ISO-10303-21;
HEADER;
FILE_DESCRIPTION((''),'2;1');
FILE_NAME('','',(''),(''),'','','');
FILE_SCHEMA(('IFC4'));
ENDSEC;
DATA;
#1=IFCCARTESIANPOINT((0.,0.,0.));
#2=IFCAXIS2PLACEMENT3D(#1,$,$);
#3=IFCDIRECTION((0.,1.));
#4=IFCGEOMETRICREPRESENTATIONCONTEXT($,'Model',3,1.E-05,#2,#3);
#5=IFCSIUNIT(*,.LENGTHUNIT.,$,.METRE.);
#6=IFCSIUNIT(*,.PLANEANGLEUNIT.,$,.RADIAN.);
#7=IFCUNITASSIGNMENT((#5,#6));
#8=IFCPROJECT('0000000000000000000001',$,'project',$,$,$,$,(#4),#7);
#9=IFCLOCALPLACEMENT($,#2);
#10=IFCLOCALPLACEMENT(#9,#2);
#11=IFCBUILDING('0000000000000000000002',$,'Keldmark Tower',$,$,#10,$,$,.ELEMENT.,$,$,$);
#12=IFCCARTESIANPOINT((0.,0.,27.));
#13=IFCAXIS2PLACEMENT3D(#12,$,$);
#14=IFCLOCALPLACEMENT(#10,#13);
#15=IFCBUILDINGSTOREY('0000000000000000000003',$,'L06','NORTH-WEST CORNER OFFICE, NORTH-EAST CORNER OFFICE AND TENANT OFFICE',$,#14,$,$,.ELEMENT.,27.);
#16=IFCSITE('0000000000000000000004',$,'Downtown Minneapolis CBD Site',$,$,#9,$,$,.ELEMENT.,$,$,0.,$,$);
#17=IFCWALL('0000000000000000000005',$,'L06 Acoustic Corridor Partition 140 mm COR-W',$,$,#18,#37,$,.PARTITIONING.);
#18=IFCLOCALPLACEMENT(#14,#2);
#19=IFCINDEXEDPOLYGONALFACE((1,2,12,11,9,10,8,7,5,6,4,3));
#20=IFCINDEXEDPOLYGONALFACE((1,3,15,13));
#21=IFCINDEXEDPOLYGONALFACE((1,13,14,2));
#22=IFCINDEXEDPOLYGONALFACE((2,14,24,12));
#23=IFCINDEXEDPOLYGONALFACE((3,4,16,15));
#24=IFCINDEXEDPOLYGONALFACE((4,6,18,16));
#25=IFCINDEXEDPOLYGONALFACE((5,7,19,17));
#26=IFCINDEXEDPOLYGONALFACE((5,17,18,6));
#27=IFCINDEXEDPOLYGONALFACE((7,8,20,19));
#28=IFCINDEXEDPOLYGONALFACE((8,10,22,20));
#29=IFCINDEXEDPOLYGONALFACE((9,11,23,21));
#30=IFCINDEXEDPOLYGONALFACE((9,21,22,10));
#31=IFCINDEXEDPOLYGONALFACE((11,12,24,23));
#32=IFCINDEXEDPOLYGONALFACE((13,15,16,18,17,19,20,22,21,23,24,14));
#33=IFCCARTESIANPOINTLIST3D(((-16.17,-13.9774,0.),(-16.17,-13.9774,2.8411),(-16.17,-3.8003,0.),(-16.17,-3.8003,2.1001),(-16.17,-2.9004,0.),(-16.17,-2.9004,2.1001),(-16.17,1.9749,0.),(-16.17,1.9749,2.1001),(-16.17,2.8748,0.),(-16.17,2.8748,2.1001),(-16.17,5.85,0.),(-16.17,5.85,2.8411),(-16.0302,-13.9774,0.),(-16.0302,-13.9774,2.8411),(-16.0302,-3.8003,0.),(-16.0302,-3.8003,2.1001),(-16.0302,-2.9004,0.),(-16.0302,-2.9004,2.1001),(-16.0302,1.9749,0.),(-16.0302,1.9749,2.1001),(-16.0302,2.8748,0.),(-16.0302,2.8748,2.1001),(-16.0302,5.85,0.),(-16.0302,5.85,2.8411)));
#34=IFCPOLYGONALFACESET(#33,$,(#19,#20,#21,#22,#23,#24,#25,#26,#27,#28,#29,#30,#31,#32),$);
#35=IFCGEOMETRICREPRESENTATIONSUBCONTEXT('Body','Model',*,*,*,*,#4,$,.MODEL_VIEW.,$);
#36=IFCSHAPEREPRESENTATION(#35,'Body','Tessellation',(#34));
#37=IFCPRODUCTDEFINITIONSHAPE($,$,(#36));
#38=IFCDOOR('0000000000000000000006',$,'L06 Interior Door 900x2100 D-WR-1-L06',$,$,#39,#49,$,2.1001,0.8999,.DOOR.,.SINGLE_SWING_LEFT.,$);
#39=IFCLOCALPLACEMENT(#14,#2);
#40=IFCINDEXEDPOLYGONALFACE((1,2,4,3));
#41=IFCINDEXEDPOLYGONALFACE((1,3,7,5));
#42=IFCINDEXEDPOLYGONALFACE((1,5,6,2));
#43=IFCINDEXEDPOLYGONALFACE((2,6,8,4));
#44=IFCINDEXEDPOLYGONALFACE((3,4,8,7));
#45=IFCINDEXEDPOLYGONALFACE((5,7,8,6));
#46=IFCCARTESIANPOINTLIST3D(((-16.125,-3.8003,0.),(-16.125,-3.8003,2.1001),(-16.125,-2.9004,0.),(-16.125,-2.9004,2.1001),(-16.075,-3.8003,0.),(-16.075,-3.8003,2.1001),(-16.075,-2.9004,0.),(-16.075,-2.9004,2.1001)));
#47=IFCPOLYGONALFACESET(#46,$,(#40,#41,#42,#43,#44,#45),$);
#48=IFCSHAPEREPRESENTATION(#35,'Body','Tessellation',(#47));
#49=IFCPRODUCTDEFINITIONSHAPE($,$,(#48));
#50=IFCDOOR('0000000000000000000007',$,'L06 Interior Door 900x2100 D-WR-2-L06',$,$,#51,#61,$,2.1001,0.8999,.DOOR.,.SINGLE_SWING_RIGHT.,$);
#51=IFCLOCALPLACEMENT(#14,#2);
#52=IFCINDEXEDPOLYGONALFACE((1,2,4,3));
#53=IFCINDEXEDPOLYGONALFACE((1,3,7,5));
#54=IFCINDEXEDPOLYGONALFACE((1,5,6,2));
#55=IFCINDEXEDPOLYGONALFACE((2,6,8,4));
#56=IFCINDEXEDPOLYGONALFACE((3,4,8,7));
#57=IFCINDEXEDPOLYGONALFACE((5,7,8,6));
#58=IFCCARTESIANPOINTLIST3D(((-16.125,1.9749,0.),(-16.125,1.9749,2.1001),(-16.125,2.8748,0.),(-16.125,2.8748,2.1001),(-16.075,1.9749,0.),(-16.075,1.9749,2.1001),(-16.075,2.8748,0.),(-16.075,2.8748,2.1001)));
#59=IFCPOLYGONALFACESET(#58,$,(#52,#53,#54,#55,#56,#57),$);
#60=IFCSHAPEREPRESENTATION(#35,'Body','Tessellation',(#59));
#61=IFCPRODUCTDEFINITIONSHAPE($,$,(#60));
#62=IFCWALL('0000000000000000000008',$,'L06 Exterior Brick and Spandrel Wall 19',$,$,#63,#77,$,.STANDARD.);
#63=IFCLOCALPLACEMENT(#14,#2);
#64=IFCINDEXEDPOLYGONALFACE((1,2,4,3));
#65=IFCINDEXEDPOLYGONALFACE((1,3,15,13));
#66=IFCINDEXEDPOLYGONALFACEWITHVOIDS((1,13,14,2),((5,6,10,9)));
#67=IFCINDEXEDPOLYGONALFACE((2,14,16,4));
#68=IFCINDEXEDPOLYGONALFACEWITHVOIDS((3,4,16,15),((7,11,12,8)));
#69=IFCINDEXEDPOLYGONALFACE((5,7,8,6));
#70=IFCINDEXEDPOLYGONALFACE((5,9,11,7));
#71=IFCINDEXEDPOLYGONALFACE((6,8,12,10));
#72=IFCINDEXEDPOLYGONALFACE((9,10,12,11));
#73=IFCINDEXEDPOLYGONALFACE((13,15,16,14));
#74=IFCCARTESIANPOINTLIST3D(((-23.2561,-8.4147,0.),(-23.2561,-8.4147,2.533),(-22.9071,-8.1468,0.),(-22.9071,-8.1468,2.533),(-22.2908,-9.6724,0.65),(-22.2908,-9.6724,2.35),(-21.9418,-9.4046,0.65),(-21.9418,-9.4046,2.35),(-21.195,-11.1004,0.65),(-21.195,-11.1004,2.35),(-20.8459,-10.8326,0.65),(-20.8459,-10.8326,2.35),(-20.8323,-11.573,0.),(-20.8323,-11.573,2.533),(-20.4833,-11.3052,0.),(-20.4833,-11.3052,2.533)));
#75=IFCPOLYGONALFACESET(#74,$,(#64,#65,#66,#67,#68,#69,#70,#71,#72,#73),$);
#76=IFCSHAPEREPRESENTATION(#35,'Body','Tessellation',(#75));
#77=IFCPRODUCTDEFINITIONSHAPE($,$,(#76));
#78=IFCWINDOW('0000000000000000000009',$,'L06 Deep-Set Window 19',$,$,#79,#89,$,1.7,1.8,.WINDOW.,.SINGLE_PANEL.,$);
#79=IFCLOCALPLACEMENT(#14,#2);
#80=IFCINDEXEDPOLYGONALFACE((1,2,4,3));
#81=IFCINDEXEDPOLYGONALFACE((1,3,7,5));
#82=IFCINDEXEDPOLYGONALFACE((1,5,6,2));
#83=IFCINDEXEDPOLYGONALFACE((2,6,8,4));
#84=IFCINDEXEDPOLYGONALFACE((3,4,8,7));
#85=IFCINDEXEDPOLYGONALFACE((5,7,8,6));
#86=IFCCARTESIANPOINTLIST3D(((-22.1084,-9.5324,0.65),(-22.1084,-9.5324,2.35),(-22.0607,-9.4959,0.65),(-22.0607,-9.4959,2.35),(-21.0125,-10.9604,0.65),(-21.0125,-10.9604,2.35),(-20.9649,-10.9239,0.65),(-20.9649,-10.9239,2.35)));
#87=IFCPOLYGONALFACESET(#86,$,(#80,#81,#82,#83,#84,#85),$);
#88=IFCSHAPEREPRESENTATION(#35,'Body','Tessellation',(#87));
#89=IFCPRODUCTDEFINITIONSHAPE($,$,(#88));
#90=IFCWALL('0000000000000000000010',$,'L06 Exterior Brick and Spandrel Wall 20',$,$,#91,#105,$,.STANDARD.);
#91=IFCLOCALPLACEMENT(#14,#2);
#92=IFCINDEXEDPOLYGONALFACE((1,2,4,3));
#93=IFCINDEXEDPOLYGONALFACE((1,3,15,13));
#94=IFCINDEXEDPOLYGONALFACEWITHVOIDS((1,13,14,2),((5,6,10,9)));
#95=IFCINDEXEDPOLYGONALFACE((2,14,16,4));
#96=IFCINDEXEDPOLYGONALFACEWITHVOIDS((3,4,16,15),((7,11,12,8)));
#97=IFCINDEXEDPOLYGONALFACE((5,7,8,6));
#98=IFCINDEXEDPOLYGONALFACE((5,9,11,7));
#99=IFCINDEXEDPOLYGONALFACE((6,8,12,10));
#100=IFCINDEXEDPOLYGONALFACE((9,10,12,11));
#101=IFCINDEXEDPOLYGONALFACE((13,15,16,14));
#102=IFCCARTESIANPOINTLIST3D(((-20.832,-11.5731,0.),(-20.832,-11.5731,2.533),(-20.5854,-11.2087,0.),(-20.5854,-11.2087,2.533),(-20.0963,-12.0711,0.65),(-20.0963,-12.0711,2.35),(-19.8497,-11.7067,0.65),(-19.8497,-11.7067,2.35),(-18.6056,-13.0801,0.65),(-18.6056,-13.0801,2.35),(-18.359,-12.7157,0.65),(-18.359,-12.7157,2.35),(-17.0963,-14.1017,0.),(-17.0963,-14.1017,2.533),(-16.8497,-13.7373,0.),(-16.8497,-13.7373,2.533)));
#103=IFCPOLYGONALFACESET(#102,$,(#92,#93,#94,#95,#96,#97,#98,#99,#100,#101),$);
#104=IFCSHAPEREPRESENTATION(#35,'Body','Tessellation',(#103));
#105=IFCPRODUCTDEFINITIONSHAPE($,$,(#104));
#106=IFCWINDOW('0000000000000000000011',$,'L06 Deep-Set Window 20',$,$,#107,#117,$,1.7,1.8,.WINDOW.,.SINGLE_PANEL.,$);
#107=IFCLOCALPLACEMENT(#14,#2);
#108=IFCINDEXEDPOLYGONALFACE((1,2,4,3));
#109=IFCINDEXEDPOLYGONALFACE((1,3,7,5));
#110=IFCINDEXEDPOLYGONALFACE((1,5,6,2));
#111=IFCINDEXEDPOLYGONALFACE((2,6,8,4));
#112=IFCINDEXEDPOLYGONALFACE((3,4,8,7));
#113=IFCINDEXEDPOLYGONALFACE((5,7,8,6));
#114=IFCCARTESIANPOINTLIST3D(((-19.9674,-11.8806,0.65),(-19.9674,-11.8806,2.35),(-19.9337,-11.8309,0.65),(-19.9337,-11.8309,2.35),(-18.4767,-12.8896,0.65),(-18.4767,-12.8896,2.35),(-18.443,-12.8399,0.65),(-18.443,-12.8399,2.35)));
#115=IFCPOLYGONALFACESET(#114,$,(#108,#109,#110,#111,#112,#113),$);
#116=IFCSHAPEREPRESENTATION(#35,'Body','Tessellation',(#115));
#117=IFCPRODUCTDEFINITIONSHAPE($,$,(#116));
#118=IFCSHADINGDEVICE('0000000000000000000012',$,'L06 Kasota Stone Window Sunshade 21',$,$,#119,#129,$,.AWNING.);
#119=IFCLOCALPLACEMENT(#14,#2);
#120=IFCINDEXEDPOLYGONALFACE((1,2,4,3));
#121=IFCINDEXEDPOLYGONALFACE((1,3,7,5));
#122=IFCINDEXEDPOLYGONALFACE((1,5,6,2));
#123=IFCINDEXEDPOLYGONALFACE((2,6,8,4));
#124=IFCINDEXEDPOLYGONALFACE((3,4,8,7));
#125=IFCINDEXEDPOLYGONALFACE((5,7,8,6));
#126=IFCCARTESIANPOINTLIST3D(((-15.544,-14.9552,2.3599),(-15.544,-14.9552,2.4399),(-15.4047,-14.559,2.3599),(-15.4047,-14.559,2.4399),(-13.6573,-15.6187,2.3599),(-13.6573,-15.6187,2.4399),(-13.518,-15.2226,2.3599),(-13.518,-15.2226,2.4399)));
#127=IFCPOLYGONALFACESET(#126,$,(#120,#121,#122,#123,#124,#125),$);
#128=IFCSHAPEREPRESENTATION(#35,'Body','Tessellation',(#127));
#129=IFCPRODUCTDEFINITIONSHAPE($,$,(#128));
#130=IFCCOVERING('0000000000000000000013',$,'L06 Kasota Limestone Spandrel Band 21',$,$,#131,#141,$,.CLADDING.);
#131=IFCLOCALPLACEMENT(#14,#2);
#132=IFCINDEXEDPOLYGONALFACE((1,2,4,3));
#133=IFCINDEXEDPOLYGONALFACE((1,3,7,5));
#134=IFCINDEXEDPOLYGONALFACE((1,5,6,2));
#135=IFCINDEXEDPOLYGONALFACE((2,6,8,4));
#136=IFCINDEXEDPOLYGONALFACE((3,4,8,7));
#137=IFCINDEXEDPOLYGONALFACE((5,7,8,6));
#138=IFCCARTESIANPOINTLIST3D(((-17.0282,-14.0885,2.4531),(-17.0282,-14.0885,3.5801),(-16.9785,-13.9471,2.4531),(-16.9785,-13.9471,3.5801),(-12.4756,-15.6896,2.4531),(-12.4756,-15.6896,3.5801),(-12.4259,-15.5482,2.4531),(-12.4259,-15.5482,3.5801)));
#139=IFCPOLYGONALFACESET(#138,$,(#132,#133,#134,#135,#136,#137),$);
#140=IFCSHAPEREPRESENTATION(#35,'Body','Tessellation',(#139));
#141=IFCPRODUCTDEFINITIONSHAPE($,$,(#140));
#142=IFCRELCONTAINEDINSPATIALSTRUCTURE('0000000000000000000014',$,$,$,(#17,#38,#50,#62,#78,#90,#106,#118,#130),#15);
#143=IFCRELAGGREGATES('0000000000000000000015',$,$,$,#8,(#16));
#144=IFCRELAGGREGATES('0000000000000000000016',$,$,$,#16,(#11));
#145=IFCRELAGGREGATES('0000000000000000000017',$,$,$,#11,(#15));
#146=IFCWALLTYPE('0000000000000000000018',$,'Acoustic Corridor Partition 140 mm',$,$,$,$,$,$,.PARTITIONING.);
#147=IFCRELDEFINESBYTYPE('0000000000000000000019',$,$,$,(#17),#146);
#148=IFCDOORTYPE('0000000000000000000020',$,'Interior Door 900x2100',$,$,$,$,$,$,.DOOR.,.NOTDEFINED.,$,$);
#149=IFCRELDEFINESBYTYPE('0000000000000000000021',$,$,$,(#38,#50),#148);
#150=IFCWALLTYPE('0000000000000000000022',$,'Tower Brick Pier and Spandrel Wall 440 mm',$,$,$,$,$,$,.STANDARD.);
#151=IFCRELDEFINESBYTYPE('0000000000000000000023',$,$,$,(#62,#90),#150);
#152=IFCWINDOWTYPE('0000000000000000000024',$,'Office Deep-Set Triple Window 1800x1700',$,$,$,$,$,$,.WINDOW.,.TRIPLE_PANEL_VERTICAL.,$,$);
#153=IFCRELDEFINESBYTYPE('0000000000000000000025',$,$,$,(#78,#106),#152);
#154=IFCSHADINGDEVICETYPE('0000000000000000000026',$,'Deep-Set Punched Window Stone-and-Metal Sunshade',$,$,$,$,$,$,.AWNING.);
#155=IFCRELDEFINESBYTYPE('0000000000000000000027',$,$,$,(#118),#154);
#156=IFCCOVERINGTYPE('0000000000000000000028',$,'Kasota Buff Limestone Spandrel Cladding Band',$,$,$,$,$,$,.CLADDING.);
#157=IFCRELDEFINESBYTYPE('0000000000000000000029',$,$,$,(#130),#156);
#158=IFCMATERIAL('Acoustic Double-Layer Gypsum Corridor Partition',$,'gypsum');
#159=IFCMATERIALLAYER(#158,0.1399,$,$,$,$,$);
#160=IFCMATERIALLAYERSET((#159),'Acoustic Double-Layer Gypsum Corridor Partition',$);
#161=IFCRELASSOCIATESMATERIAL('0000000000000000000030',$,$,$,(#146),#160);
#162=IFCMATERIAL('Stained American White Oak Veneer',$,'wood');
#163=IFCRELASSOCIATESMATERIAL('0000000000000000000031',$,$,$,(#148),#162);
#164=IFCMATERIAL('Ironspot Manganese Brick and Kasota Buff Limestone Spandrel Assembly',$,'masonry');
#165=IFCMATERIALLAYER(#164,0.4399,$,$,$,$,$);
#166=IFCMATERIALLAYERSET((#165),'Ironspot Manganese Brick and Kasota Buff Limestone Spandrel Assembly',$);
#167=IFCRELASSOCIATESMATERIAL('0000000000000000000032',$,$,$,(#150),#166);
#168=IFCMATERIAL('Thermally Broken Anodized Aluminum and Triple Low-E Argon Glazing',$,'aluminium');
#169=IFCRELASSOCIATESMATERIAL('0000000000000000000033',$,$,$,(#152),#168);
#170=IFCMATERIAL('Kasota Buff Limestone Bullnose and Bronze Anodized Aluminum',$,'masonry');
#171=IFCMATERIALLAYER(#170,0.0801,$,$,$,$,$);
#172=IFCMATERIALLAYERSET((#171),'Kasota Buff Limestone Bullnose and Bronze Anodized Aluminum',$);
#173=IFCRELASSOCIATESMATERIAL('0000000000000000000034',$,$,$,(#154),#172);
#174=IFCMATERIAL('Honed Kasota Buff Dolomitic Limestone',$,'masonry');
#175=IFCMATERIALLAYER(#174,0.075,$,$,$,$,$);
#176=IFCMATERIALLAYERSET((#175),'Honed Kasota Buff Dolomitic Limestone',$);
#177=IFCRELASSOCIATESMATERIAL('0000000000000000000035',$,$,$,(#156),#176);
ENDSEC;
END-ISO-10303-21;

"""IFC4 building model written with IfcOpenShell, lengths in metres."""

from ifc_helpers import new_model, si_unit, direction, frame, frame_2d, origin, origin_2d, place, context, subcontext, project, spatial, rectangle, extrude, material, layer, layer_set, type_object, element, fill, save


model = new_model("IFC4")

# Units and contexts
model_context = context("Model", 3, precision=1e-05, world=origin(), true_north=direction((0.0, 1.0)))
body_context = subcontext(model_context, "Body", "Model", "MODEL_VIEW")
ifc_project = project(units=[si_unit("LENGTHUNIT", "METRE"), si_unit("PLANEANGLEUNIT", "RADIAN")], contexts=[model_context])

# Site, building, storey
site_placement = place(None, origin())
site = spatial("IfcSite", under=ifc_project, at=site_placement, Name="Downtown Minneapolis CBD Site", CompositionType="ELEMENT", RefElevation=0.0)
building_placement = place(site_placement, origin())
building = spatial("IfcBuilding", under=site, at=building_placement, Name="Keldmark Tower", CompositionType="ELEMENT")
storey_placement = place(building_placement, frame((0.0, 0.0, 27.0)))
storey = spatial("IfcBuildingStorey", under=building, at=storey_placement, Name="L06", Description="NORTH-WEST CORNER OFFICE, NORTH-EAST CORNER OFFICE AND TENANT OFFICE", CompositionType="ELEMENT", Elevation=27.0)

# Wall, openings, doors
ifc_material_1 = material(Name="Acoustic Double-Layer Gypsum Corridor Partition", Category="gypsum")
ifc_layer_1 = layer(ifc_material_1, 0.1399)
ifc_layer_set_1 = layer_set([ifc_layer_1], Name="Acoustic Double-Layer Gypsum Corridor Partition")
wall_type_1 = type_object("IfcWallType", Name="Acoustic Corridor Partition 140 mm", PredefinedType="PARTITIONING", material=ifc_layer_set_1)
wall_1_placement = place(storey_placement, frame((-16.1001, -13.9773, 0.0), z_axis=(0.0, 0.0, 1.0), x_axis=(0.0, 1.0, 0.0)))
wall_1 = element("IfcWall", 1, at=wall_1_placement, inside=storey, type_object=wall_type_1, Name="L06 Acoustic Corridor Partition 140 mm COR-W", PredefinedType="PARTITIONING", context=body_context, shape_type="SweptSolid", body=[
    extrude(rectangle(XDim=19.8274, YDim=0.1399, at=frame_2d((9.9136, 0.0))), origin(), (0.0, 0.0, 1.0), 2.8411),
])
opening_1_placement = place(wall_1_placement, frame((10.177, 0.0, 0.0)))
opening_1 = element("IfcOpeningElement", 2, at=opening_1_placement, cuts=wall_1, PredefinedType="OPENING", context=body_context, shape_type="SweptSolid", body=[
    extrude(rectangle(XDim=0.8999, YDim=2.1001, at=frame_2d((0.45, 1.05))), frame((0.0, 0.0798, 0.0), z_axis=(0.0, -1.0, 0.0), x_axis=(1.0, 0.0, 0.0)), (0.0, 0.0, 1.0), 0.1599),
])
opening_2_placement = place(wall_1_placement, frame((15.9521, 0.0, 0.0)))
opening_2 = element("IfcOpeningElement", 3, at=opening_2_placement, cuts=wall_1, PredefinedType="OPENING", context=body_context, shape_type="SweptSolid", body=[
    extrude(rectangle(XDim=0.8999, YDim=2.1001, at=frame_2d((0.45, 1.05))), frame((0.0, 0.0798, 0.0), z_axis=(0.0, -1.0, 0.0), x_axis=(1.0, 0.0, 0.0)), (0.0, 0.0, 1.0), 0.1599),
])
ifc_material_2 = material(Name="Stained American White Oak Veneer", Category="wood")
door_type = type_object("IfcDoorType", Name="Interior Door 900x2100", OperationType="NOTDEFINED", PredefinedType="DOOR", material=ifc_material_2)
door_1_placement = place(opening_1_placement, origin())
door_1 = element("IfcDoor", 4, at=door_1_placement, inside=storey, type_object=door_type, Name="L06 Interior Door 900x2100 D-WR-1-L06", OperationType="SINGLE_SWING_LEFT", OverallHeight=2.1001, OverallWidth=0.8999, PredefinedType="DOOR", context=body_context, shape_type="SweptSolid", body=[
    extrude(rectangle(XDim=0.8999, YDim=2.1001, at=frame_2d((0.45, 1.05))), frame((0.0, 0.0249, 0.0), z_axis=(0.0, -1.0, 0.0), x_axis=(1.0, 0.0, 0.0)), (0.0, 0.0, 1.0), 0.05),
])
fill(opening_1, door_1)
door_2_placement = place(opening_2_placement, origin())
door_2 = element("IfcDoor", 5, at=door_2_placement, inside=storey, type_object=door_type, Name="L06 Interior Door 900x2100 D-WR-2-L06", OperationType="SINGLE_SWING_RIGHT", OverallHeight=2.1001, OverallWidth=0.8999, PredefinedType="DOOR", context=body_context, shape_type="SweptSolid", body=[
    extrude(rectangle(XDim=0.8999, YDim=2.1001, at=frame_2d((0.45, 1.05))), frame((0.0, 0.0249, 0.0), z_axis=(0.0, -1.0, 0.0), x_axis=(1.0, 0.0, 0.0)), (0.0, 0.0, 1.0), 0.05),
])
fill(opening_2, door_2)

# Walls, openings, windows
ifc_material_3 = material(Name="Ironspot Manganese Brick and Kasota Buff Limestone Spandrel Assembly", Category="masonry")
ifc_layer_2 = layer(ifc_material_3, 0.4399)
ifc_layer_set_2 = layer_set([ifc_layer_2], Name="Ironspot Manganese Brick and Kasota Buff Limestone Spandrel Assembly")
wall_type_2 = type_object("IfcWallType", Name="Tower Brick Pier and Spandrel Wall 440 mm", PredefinedType="STANDARD", material=ifc_layer_set_2)
wall_2_placement = place(storey_placement, frame((-20.6577, -11.4392, 0.0), z_axis=(0.0, 0.0, 1.0), x_axis=(-0.608804, 0.793321, 0.0)))
wall_2 = element("IfcWall", 6, at=wall_2_placement, inside=storey, type_object=wall_type_2, Name="L06 Exterior Brick and Spandrel Wall 19", PredefinedType="STANDARD", context=body_context, shape_type="SweptSolid", body=[
    extrude(rectangle(XDim=3.9812, YDim=0.4399, at=frame_2d((1.9907, 0.0))), origin(), (0.0, 0.0, 1.0), 2.533),
])
opening_3_placement = place(wall_2_placement, frame((0.5959, 0.0, 0.6499)))
opening_3 = element("IfcOpeningElement", 7, at=opening_3_placement, cuts=wall_2, PredefinedType="OPENING", context=body_context, shape_type="SweptSolid", body=[
    extrude(rectangle(XDim=1.8, YDim=1.7, at=frame_2d((0.8999, 0.8501))), frame((0.0, 0.23, 0.0), z_axis=(0.0, -1.0, 0.0), x_axis=(1.0, 0.0, 0.0)), (0.0, 0.0, 1.0), 0.46),
])
ifc_material_4 = material(Name="Thermally Broken Anodized Aluminum and Triple Low-E Argon Glazing", Category="aluminium")
window_type = type_object("IfcWindowType", Name="Office Deep-Set Triple Window 1800x1700", PartitioningType="TRIPLE_PANEL_VERTICAL", PredefinedType="WINDOW", material=ifc_material_4)
window_1_placement = place(opening_3_placement, origin())
window_1 = element("IfcWindow", 8, at=window_1_placement, inside=storey, type_object=window_type, Name="L06 Deep-Set Window 19", OverallHeight=1.7, OverallWidth=1.8, PartitioningType="SINGLE_PANEL", PredefinedType="WINDOW", context=body_context, shape_type="SweptSolid", body=[
    extrude(rectangle(XDim=1.8, YDim=1.7, at=frame_2d((0.8999, 0.8501))), frame((0.0, -0.01, 0.0), z_axis=(0.0, -1.0, 0.0), x_axis=(1.0, 0.0, 0.0)), (0.0, 0.0, 1.0), 0.0601),
])
fill(opening_3, window_1)
wall_3_placement = place(storey_placement, frame((-16.9731, -13.9194, 0.0), z_axis=(0.0, 0.0, 1.0), x_axis=(-0.828125, 0.560544, 0.0)))
wall_3 = element("IfcWall", 9, at=wall_3_placement, inside=storey, type_object=wall_type_2, Name="L06 Exterior Brick and Spandrel Wall 20", PredefinedType="STANDARD", context=body_context, shape_type="SweptSolid", body=[
    extrude(rectangle(XDim=4.511, YDim=0.4399, at=frame_2d((2.2554, 0.0))), origin(), (0.0, 0.0, 1.0), 2.533),
])
opening_4_placement = place(wall_3_placement, frame((1.8225, 0.0, 0.6499)))
opening_4 = element("IfcOpeningElement", 10, at=opening_4_placement, cuts=wall_3, PredefinedType="OPENING", context=body_context, shape_type="SweptSolid", body=[
    extrude(rectangle(XDim=1.8, YDim=1.7, at=frame_2d((0.8999, 0.8501))), frame((0.0, 0.23, 0.0), z_axis=(0.0, -1.0, 0.0), x_axis=(1.0, 0.0, 0.0)), (0.0, 0.0, 1.0), 0.46),
])
window_2_placement = place(opening_4_placement, origin())
window_2 = element("IfcWindow", 11, at=window_2_placement, inside=storey, type_object=window_type, Name="L06 Deep-Set Window 20", OverallHeight=1.7, OverallWidth=1.8, PartitioningType="SINGLE_PANEL", PredefinedType="WINDOW", context=body_context, shape_type="SweptSolid", body=[
    extrude(rectangle(XDim=1.8, YDim=1.7, at=frame_2d((0.8999, 0.8501))), frame((0.0, -0.01, 0.0), z_axis=(0.0, -1.0, 0.0), x_axis=(1.0, 0.0, 0.0)), (0.0, 0.0, 1.0), 0.0601),
])
fill(opening_4, window_2)

# Shading device
ifc_material_5 = material(Name="Kasota Buff Limestone Bullnose and Bronze Anodized Aluminum", Category="masonry")
ifc_layer_3 = layer(ifc_material_5, 0.0801)
ifc_layer_set_3 = layer_set([ifc_layer_3], Name="Kasota Buff Limestone Bullnose and Bronze Anodized Aluminum")
shading_device_type = type_object("IfcShadingDeviceType", Name="Deep-Set Punched Window Stone-and-Metal Sunshade", PredefinedType="AWNING", material=ifc_layer_set_3)
shading_device_placement = place(storey_placement, frame((-14.531, -15.0889, 2.3599), z_axis=(0.0, 0.0, 1.0), x_axis=(-0.943362, 0.331766, 0.0)))
element("IfcShadingDevice", 12, at=shading_device_placement, inside=storey, type_object=shading_device_type, Name="L06 Kasota Stone Window Sunshade 21", PredefinedType="AWNING", context=body_context, shape_type="SweptSolid", body=[
    extrude(rectangle(XDim=2.0, YDim=0.4199, at=origin_2d()), origin(), (0.0, 0.0, 1.0), 0.0801),
])

# Covering
ifc_material_6 = material(Name="Honed Kasota Buff Dolomitic Limestone", Category="masonry")
ifc_layer_4 = layer(ifc_material_6, 0.075)
ifc_layer_set_4 = layer_set([ifc_layer_4], Name="Honed Kasota Buff Dolomitic Limestone")
covering_type = type_object("IfcCoveringType", Name="Kasota Buff Limestone Spandrel Cladding Band", PredefinedType="CLADDING", material=ifc_layer_set_4)
covering_placement = place(storey_placement, frame((-14.7271, -14.8184, 2.4531), z_axis=(0.0, 0.0, 1.0), x_axis=(0.943362, -0.331766, 0.0)))
element("IfcCovering", 13, at=covering_placement, inside=storey, type_object=covering_type, Name="L06 Kasota Limestone Spandrel Band 21", PredefinedType="CLADDING", context=body_context, shape_type="SweptSolid", body=[
    extrude(rectangle(XDim=4.8259, YDim=0.1499, at=origin_2d()), origin(), (0.0, 0.0, 1.0), 1.127),
])

save(model, "model.ifc")
